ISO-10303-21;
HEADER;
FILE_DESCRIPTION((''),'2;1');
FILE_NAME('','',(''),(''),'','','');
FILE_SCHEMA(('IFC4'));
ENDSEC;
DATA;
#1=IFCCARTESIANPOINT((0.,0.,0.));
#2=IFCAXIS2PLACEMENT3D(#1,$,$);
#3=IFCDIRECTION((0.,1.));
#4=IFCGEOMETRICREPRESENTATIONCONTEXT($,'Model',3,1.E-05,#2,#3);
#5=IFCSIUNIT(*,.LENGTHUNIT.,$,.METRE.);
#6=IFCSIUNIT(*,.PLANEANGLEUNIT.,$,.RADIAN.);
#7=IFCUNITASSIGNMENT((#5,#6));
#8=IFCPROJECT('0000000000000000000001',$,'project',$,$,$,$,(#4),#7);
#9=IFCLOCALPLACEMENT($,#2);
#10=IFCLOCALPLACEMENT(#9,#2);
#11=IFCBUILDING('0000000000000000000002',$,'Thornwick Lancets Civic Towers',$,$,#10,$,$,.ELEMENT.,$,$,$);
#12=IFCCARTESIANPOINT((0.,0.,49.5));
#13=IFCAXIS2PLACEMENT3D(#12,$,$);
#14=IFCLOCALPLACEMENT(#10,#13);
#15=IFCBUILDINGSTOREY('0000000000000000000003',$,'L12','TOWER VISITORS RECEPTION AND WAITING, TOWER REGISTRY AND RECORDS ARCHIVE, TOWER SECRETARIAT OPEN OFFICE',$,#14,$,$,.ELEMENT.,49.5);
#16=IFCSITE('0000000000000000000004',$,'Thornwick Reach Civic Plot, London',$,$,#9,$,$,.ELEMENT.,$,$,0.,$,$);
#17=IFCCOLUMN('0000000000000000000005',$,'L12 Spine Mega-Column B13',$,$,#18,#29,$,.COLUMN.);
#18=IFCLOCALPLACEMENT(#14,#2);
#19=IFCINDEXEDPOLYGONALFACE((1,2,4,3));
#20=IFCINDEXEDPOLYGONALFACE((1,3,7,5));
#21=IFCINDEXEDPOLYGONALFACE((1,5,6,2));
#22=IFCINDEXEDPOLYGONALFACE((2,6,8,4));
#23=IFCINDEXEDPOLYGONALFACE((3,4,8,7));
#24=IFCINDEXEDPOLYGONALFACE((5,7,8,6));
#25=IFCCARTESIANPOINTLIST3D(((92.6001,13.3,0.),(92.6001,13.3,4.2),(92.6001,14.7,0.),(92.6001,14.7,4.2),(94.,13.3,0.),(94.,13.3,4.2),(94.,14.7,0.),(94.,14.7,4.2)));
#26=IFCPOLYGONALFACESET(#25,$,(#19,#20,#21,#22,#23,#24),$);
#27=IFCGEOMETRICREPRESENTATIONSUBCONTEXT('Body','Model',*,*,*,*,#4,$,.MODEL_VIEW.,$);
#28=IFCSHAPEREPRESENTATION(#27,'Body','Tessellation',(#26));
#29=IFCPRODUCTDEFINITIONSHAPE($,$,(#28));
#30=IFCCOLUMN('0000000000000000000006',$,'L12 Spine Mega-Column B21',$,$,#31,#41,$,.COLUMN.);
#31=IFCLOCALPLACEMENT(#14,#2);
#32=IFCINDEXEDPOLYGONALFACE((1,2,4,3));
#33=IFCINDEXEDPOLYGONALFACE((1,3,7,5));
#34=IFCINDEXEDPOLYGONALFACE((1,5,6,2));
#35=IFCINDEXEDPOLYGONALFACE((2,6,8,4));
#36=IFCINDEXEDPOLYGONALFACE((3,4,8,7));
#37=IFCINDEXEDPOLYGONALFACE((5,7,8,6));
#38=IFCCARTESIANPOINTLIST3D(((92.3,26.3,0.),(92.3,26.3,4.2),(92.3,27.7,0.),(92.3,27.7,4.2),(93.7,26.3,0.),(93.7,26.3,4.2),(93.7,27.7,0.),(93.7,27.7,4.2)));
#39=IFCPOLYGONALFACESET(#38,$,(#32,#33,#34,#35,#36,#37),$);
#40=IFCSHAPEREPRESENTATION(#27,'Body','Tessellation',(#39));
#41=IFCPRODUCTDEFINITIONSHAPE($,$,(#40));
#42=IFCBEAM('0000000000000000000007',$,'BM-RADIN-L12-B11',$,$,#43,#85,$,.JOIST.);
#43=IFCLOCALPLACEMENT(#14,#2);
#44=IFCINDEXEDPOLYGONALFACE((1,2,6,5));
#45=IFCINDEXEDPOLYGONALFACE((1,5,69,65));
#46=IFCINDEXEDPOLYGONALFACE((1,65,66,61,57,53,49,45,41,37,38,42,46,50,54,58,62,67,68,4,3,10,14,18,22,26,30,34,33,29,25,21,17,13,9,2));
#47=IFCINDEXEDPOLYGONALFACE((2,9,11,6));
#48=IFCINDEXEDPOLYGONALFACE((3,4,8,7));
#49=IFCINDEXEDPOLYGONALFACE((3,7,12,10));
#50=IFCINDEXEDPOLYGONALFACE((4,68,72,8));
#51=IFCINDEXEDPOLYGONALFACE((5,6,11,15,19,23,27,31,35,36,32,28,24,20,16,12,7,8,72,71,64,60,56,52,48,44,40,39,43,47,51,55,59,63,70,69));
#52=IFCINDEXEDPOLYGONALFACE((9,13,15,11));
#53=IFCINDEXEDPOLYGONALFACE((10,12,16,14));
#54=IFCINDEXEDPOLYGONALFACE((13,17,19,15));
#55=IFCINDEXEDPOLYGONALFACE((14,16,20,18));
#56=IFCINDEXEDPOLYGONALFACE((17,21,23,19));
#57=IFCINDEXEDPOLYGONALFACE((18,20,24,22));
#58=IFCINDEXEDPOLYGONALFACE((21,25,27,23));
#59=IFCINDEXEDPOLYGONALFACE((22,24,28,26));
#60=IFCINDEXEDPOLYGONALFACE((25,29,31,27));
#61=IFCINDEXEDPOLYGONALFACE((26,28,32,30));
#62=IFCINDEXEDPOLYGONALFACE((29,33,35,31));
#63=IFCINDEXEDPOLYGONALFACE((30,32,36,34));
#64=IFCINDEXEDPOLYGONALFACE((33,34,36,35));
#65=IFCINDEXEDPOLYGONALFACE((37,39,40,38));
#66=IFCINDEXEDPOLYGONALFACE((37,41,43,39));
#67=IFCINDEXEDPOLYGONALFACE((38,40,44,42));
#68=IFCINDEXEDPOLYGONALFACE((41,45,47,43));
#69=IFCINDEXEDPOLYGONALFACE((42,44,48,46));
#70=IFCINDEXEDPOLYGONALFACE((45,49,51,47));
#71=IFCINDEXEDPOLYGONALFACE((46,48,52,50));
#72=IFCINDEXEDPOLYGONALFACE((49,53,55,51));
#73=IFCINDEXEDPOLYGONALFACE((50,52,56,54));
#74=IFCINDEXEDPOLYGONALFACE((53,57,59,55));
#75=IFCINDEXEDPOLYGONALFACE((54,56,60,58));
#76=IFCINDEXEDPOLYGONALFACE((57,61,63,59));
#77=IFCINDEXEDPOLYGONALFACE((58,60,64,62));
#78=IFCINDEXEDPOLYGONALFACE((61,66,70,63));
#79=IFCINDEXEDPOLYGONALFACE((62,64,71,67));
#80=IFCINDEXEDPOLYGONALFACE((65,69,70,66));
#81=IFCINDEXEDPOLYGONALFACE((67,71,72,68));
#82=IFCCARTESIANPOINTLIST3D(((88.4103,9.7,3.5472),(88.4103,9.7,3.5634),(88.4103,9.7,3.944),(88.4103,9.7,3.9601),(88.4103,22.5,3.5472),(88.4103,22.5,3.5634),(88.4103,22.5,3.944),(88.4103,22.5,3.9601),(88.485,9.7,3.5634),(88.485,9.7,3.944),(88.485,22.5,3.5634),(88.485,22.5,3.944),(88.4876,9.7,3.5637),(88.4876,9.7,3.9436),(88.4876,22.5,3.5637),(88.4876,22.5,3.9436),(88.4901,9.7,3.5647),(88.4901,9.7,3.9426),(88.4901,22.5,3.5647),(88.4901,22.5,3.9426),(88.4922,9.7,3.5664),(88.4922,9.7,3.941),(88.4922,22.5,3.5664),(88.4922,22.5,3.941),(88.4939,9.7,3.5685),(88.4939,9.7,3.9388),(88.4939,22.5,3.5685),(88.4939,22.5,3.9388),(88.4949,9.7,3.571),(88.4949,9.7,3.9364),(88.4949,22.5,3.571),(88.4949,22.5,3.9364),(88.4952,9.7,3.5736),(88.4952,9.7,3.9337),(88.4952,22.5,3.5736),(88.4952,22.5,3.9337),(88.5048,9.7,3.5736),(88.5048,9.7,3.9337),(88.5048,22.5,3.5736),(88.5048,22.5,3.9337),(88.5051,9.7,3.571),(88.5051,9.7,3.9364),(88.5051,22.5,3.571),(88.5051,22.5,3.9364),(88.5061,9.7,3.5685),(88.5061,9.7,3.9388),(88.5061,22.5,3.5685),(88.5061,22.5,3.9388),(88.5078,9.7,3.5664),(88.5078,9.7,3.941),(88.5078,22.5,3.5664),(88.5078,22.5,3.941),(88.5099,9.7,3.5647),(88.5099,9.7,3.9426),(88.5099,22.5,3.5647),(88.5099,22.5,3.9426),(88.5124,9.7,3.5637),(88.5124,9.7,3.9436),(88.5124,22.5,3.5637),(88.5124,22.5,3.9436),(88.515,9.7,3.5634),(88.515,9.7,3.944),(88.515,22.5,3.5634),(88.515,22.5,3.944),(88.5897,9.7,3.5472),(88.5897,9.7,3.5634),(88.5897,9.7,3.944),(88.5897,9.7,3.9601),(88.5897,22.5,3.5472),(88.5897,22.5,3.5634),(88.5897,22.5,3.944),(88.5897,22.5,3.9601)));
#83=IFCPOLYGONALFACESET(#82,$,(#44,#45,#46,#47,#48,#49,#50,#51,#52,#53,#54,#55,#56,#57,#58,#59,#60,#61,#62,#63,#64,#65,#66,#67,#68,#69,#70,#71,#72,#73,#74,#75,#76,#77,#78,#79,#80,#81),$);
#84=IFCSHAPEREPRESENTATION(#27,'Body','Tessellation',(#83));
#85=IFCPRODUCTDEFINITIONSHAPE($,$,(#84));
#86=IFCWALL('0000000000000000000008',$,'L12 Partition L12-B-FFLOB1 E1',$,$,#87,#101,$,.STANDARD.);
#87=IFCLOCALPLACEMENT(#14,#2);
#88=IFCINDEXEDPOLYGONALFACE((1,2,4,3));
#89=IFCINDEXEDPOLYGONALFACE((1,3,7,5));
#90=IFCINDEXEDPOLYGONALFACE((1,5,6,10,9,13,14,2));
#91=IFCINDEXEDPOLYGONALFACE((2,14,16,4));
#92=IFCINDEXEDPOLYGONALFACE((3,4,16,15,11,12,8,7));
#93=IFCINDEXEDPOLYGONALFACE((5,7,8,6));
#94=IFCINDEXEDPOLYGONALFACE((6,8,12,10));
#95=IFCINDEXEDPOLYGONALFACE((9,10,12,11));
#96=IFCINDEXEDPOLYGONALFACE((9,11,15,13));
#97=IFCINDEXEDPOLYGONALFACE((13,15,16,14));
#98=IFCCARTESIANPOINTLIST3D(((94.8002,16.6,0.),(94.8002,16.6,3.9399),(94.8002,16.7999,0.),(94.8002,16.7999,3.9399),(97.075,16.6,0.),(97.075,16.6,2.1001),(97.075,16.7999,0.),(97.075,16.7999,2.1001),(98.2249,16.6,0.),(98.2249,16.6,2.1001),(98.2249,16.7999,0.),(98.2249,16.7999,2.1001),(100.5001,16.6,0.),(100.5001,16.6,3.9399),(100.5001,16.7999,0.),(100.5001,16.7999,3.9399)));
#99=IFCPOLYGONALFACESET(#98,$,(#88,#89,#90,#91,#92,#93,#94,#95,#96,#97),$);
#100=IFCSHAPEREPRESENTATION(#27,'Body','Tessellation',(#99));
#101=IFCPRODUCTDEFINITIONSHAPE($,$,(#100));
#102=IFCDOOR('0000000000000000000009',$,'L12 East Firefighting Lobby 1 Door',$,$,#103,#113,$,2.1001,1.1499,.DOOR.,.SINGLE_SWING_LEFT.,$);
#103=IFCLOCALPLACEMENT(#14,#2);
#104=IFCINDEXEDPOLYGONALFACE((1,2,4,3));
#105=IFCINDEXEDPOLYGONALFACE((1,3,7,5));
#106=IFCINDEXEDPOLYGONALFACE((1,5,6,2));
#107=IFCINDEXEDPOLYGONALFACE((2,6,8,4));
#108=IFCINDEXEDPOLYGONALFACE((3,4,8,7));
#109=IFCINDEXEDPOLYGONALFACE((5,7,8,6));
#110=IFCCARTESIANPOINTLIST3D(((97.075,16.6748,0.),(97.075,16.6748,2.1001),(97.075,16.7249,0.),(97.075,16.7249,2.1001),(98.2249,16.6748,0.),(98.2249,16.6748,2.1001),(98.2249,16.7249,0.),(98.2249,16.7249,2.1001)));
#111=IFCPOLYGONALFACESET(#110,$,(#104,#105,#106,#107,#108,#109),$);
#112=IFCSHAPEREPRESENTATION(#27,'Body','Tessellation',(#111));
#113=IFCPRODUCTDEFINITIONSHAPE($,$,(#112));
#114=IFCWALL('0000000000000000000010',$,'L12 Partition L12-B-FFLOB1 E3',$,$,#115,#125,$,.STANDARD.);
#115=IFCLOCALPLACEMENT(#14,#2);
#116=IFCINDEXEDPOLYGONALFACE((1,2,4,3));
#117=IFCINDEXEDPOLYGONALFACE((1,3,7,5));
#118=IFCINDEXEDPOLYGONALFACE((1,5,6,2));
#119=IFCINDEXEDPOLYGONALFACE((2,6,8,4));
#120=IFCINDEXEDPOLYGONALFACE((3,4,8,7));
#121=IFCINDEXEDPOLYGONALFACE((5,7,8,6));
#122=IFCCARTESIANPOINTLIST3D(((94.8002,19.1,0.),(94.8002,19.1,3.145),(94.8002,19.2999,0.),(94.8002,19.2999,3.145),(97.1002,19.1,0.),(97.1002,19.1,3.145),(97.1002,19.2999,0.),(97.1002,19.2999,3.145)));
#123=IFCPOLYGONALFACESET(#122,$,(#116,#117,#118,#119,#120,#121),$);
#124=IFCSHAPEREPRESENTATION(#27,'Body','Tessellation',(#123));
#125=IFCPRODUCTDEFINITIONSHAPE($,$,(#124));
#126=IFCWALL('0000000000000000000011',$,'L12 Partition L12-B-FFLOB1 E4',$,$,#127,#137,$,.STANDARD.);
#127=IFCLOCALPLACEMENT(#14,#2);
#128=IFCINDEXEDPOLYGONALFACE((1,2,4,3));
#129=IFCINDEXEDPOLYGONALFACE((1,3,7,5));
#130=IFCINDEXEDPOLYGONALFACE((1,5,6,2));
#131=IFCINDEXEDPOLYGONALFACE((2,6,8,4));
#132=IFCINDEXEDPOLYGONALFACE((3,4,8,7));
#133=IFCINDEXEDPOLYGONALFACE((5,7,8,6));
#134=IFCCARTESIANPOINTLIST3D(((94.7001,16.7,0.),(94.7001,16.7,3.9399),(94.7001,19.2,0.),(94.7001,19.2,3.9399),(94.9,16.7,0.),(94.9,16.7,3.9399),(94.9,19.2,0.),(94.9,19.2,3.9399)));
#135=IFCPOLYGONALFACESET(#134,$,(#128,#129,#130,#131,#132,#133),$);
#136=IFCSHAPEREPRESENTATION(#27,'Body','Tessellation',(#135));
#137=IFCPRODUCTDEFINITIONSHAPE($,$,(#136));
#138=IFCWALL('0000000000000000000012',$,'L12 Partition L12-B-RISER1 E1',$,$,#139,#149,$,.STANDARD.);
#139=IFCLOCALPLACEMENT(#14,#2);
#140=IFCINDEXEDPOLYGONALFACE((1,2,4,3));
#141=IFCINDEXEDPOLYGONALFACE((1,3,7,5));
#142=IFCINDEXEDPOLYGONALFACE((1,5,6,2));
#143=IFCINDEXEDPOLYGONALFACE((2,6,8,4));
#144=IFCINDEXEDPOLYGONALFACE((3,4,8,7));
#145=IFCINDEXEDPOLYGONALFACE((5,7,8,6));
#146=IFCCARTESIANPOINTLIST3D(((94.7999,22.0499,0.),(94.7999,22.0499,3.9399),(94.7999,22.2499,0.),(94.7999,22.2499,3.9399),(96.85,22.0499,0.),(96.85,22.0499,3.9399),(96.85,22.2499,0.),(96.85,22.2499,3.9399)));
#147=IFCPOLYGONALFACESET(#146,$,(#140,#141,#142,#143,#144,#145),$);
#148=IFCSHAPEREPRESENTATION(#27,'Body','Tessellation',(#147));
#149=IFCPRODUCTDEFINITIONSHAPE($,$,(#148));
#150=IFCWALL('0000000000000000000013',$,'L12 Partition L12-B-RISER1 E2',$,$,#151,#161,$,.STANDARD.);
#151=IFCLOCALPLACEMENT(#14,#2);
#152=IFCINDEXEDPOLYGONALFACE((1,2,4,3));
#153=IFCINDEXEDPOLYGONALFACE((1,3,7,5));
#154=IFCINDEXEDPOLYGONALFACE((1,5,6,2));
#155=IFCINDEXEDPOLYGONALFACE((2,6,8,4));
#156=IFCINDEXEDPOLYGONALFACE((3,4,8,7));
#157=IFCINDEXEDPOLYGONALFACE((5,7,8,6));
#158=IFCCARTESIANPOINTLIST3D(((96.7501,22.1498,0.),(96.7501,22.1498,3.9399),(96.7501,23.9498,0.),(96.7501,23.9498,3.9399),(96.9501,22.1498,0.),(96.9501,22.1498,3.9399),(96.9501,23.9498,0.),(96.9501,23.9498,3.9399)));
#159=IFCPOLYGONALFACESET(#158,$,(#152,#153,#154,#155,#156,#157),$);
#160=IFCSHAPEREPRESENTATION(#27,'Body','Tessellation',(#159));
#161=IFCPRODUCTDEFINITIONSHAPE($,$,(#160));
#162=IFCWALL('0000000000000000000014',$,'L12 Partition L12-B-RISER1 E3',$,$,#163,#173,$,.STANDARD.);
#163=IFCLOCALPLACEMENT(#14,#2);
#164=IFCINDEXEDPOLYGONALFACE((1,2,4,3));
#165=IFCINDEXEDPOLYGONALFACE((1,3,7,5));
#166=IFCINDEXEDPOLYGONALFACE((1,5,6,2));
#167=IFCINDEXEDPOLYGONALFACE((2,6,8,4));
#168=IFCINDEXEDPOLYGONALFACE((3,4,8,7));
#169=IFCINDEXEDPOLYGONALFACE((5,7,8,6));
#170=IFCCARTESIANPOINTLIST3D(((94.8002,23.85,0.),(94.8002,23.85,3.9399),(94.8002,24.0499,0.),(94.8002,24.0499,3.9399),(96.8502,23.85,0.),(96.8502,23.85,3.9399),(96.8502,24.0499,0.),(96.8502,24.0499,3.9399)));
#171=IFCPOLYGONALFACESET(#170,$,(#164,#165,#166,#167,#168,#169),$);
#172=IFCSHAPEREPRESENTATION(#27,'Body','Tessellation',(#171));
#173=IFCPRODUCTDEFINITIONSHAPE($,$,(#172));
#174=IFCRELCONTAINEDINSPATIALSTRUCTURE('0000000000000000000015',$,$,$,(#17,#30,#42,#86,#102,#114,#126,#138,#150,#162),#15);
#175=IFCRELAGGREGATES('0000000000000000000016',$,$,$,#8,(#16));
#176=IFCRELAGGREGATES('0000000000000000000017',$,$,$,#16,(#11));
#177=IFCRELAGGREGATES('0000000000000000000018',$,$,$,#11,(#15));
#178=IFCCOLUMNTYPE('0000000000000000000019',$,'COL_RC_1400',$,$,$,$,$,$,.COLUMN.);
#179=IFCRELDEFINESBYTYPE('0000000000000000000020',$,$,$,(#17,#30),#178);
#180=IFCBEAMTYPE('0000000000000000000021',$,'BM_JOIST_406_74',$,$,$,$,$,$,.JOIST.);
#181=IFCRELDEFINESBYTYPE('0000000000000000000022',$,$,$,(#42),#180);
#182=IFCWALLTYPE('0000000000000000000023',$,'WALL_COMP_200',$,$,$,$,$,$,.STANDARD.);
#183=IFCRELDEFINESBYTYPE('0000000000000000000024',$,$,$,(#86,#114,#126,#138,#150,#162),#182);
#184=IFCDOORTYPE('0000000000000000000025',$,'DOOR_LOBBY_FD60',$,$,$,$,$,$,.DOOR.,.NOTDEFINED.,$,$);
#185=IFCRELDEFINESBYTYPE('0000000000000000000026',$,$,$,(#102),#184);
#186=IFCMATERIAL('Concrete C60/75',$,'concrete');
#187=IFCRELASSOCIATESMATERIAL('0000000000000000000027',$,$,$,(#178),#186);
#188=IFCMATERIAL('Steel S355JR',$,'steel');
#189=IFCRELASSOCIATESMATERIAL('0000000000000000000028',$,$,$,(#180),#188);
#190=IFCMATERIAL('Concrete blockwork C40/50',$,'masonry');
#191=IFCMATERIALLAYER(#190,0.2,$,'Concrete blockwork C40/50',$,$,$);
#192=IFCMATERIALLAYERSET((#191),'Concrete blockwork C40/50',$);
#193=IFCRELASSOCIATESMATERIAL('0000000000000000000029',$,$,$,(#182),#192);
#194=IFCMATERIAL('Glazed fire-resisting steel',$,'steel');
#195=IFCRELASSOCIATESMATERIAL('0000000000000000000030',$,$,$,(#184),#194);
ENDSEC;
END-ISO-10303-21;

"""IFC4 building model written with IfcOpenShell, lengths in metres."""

from ifc_helpers import new_model, si_unit, direction, frame, frame_2d, origin, origin_2d, place, context, subcontext, project, spatial, rectangle, i_section, extrude, material, layer, layer_set, material_profile, profile_set, type_object, element, fill, save


model = new_model("IFC4")

# Units and contexts
model_context = context("Model", 3, precision=1e-05, world=origin(), true_north=direction((0.0, 1.0)))
body_context = subcontext(model_context, "Body", "Model", "MODEL_VIEW")
ifc_project = project(units=[si_unit("LENGTHUNIT", "METRE"), si_unit("PLANEANGLEUNIT", "RADIAN")], contexts=[model_context])

# Site, building, storey
site_placement = place(None, origin())
site = spatial("IfcSite", under=ifc_project, at=site_placement, Name="Thornwick Reach Civic Plot, London", CompositionType="ELEMENT", RefElevation=0.0)
building_placement = place(site_placement, origin())
building = spatial("IfcBuilding", under=site, at=building_placement, Name="Thornwick Lancets Civic Towers", CompositionType="ELEMENT")
storey_placement = place(building_placement, frame((0.0, 0.0, 49.5)))
storey = spatial("IfcBuildingStorey", under=building, at=storey_placement, Name="L12", Description="TOWER VISITORS RECEPTION AND WAITING, TOWER REGISTRY AND RECORDS ARCHIVE, TOWER SECRETARIAT OPEN OFFICE", CompositionType="ELEMENT", Elevation=49.5)

# Columns
ifc_material_1 = material(Name="Concrete C60/75", Category="concrete")
ifc_material_profile_1 = material_profile(ifc_material_1, rectangle(XDim=1.3999, YDim=1.3999, at=origin_2d()), Name="RC 1400x1400")
ifc_profile_set_1 = profile_set([ifc_material_profile_1], Name="Concrete C60/75")
column_type = type_object("IfcColumnType", Name="COL_RC_1400", PredefinedType="COLUMN", material=ifc_profile_set_1)
for number, where, z_axis, x_axis, name in (
    (1, (93.3, 14.0, 0.0), (0.0, 0.0, 1.0), (1.0, 0.0, 0.0), "L12 Spine Mega-Column B13"),
    (2, (93.0, 27.0, 0.0), (0.0, 0.0, 1.0), (1.0, 0.0, 0.0), "L12 Spine Mega-Column B21"),
):
    element("IfcColumn", number, at=place(storey_placement, frame(where, z_axis=z_axis, x_axis=x_axis)), inside=storey, type_object=column_type, Name=name, PredefinedType="COLUMN", context=body_context, shape_type="SweptSolid", body=[
        extrude(rectangle(XDim=1.3999, YDim=1.3999, at=origin_2d()), origin(), (0.0, 0.0, 1.0), 4.2),
    ])

# Beam
ifc_material_2 = material(Name="Steel S355JR", Category="steel")
ifc_material_profile_2 = material_profile(ifc_material_2, i_section(OverallWidth=0.1794, OverallDepth=0.4128, WebThickness=0.0095, FlangeThickness=0.0161, FilletRadius=0.0103, at=origin_2d()), Name="UKB 406x178x74")
ifc_profile_set_2 = profile_set([ifc_material_profile_2], Name="Steel S355JR")
beam_type = type_object("IfcBeamType", Name="BM_JOIST_406_74", PredefinedType="JOIST", material=ifc_profile_set_2)
beam_placement = place(storey_placement, frame((88.5, 22.5, 3.7537), z_axis=(0.0, -1.0, 0.0), x_axis=(1.0, 0.0, 0.0)))
element("IfcBeam", 3, at=beam_placement, inside=storey, type_object=beam_type, Name="BM-RADIN-L12-B11", PredefinedType="JOIST", context=body_context, shape_type="SweptSolid", body=[
    extrude(i_section(OverallWidth=0.1794, OverallDepth=0.4128, WebThickness=0.0095, FlangeThickness=0.0161, FilletRadius=0.0103, at=origin_2d()), origin(), (0.0, 0.0, 1.0), 12.8),
])

# Wall, opening, door
ifc_material_3 = material(Name="Concrete blockwork C40/50", Category="masonry")
ifc_layer_1 = layer(ifc_material_3, 0.2, Name="Concrete blockwork C40/50")
ifc_layer_set_1 = layer_set([ifc_layer_1], Name="Concrete blockwork C40/50")
wall_type_1 = type_object("IfcWallType", Name="WALL_COMP_200", PredefinedType="STANDARD", material=ifc_layer_set_1)
wall_1_placement = place(storey_placement, frame((94.8, 16.7, 0.0), z_axis=(0.0, 0.0, 1.0), x_axis=(1.0, 0.0, 0.0)))
wall_1 = element("IfcWall", 4, at=wall_1_placement, inside=storey, type_object=wall_type_1, Name="L12 Partition L12-B-FFLOB1 E1", PredefinedType="STANDARD", context=body_context, shape_type="SweptSolid", body=[
    extrude(rectangle(XDim=5.7, YDim=0.2, at=frame_2d((2.8501, 0.0))), origin(), (0.0, 0.0, 1.0), 3.9399),
])
opening_1_placement = place(wall_1_placement, frame((2.2749, 0.0, 0.0)))
opening_1 = element("IfcOpeningElement", 5, at=opening_1_placement, cuts=wall_1, PredefinedType="OPENING", context=body_context, shape_type="SweptSolid", body=[
    extrude(rectangle(XDim=1.1499, YDim=2.1001, at=frame_2d((0.575, 1.05))), frame((0.0, 0.1099, 0.0), z_axis=(0.0, -1.0, 0.0), x_axis=(1.0, 0.0, 0.0)), (0.0, 0.0, 1.0), 0.22),
])
ifc_material_4 = material(Name="Glazed fire-resisting steel", Category="steel")
door_type_1 = type_object("IfcDoorType", Name="DOOR_LOBBY_FD60", OperationType="NOTDEFINED", PredefinedType="DOOR", material=ifc_material_4)
door_1_placement = place(opening_1_placement, origin())
door_1 = element("IfcDoor", 6, at=door_1_placement, inside=storey, type_object=door_type_1, Name="L12 East Firefighting Lobby 1 Door", OperationType="SINGLE_SWING_LEFT", OverallHeight=2.1001, OverallWidth=1.1499, PredefinedType="DOOR", context=body_context, shape_type="SweptSolid", body=[
    extrude(rectangle(XDim=1.1499, YDim=2.1001, at=frame_2d((0.575, 1.05))), frame((0.0, 0.0249, 0.0), z_axis=(0.0, -1.0, 0.0), x_axis=(1.0, 0.0, 0.0)), (0.0, 0.0, 1.0), 0.05),
])
fill(opening_1, door_1)

# Walls
wall_2_placement = place(storey_placement, frame((97.1001, 19.2, 0.0), z_axis=(0.0, 0.0, 1.0), x_axis=(-1.0, 0.0, 0.0)))
element("IfcWall", 7, at=wall_2_placement, inside=storey, type_object=wall_type_1, Name="L12 Partition L12-B-FFLOB1 E3", PredefinedType="STANDARD", context=body_context, shape_type="SweptSolid", body=[
    extrude(rectangle(XDim=2.3, YDim=0.2, at=frame_2d((1.1499, 0.0))), origin(), (0.0, 0.0, 1.0), 3.145),
])
wall_3_placement = place(storey_placement, frame((94.8, 19.2, 0.0), z_axis=(0.0, 0.0, 1.0), x_axis=(0.0, -1.0, 0.0)))
element("IfcWall", 8, at=wall_3_placement, inside=storey, type_object=wall_type_1, Name="L12 Partition L12-B-FFLOB1 E4", PredefinedType="STANDARD", context=body_context, shape_type="SweptSolid", body=[
    extrude(rectangle(XDim=2.5, YDim=0.2, at=frame_2d((1.25, 0.0))), origin(), (0.0, 0.0, 1.0), 3.9399),
])
wall_4_placement = place(storey_placement, frame((94.8, 22.1499, 0.0), z_axis=(0.0, 0.0, 1.0), x_axis=(1.0, 0.0, 0.0)))
element("IfcWall", 9, at=wall_4_placement, inside=storey, type_object=wall_type_1, Name="L12 Partition L12-B-RISER1 E1", PredefinedType="STANDARD", context=body_context, shape_type="SweptSolid", body=[
    extrude(rectangle(XDim=2.05, YDim=0.2, at=frame_2d((1.0249, 0.0))), origin(), (0.0, 0.0, 1.0), 3.9399),
])
wall_5_placement = place(storey_placement, frame((96.8501, 22.1499, 0.0), z_axis=(0.0, 0.0, 1.0), x_axis=(0.0, 1.0, 0.0)))
element("IfcWall", 10, at=wall_5_placement, inside=storey, type_object=wall_type_1, Name="L12 Partition L12-B-RISER1 E2", PredefinedType="STANDARD", context=body_context, shape_type="SweptSolid", body=[
    extrude(rectangle(XDim=1.8, YDim=0.2, at=frame_2d((0.8999, 0.0))), origin(), (0.0, 0.0, 1.0), 3.9399),
])
wall_6_placement = place(storey_placement, frame((96.8501, 23.95, 0.0), z_axis=(0.0, 0.0, 1.0), x_axis=(-1.0, 0.0, 0.0)))
element("IfcWall", 11, at=wall_6_placement, inside=storey, type_object=wall_type_1, Name="L12 Partition L12-B-RISER1 E3", PredefinedType="STANDARD", context=body_context, shape_type="SweptSolid", body=[
    extrude(rectangle(XDim=2.05, YDim=0.2, at=frame_2d((1.0249, 0.0))), origin(), (0.0, 0.0, 1.0), 3.9399),
])

save(model, "model.ifc")
